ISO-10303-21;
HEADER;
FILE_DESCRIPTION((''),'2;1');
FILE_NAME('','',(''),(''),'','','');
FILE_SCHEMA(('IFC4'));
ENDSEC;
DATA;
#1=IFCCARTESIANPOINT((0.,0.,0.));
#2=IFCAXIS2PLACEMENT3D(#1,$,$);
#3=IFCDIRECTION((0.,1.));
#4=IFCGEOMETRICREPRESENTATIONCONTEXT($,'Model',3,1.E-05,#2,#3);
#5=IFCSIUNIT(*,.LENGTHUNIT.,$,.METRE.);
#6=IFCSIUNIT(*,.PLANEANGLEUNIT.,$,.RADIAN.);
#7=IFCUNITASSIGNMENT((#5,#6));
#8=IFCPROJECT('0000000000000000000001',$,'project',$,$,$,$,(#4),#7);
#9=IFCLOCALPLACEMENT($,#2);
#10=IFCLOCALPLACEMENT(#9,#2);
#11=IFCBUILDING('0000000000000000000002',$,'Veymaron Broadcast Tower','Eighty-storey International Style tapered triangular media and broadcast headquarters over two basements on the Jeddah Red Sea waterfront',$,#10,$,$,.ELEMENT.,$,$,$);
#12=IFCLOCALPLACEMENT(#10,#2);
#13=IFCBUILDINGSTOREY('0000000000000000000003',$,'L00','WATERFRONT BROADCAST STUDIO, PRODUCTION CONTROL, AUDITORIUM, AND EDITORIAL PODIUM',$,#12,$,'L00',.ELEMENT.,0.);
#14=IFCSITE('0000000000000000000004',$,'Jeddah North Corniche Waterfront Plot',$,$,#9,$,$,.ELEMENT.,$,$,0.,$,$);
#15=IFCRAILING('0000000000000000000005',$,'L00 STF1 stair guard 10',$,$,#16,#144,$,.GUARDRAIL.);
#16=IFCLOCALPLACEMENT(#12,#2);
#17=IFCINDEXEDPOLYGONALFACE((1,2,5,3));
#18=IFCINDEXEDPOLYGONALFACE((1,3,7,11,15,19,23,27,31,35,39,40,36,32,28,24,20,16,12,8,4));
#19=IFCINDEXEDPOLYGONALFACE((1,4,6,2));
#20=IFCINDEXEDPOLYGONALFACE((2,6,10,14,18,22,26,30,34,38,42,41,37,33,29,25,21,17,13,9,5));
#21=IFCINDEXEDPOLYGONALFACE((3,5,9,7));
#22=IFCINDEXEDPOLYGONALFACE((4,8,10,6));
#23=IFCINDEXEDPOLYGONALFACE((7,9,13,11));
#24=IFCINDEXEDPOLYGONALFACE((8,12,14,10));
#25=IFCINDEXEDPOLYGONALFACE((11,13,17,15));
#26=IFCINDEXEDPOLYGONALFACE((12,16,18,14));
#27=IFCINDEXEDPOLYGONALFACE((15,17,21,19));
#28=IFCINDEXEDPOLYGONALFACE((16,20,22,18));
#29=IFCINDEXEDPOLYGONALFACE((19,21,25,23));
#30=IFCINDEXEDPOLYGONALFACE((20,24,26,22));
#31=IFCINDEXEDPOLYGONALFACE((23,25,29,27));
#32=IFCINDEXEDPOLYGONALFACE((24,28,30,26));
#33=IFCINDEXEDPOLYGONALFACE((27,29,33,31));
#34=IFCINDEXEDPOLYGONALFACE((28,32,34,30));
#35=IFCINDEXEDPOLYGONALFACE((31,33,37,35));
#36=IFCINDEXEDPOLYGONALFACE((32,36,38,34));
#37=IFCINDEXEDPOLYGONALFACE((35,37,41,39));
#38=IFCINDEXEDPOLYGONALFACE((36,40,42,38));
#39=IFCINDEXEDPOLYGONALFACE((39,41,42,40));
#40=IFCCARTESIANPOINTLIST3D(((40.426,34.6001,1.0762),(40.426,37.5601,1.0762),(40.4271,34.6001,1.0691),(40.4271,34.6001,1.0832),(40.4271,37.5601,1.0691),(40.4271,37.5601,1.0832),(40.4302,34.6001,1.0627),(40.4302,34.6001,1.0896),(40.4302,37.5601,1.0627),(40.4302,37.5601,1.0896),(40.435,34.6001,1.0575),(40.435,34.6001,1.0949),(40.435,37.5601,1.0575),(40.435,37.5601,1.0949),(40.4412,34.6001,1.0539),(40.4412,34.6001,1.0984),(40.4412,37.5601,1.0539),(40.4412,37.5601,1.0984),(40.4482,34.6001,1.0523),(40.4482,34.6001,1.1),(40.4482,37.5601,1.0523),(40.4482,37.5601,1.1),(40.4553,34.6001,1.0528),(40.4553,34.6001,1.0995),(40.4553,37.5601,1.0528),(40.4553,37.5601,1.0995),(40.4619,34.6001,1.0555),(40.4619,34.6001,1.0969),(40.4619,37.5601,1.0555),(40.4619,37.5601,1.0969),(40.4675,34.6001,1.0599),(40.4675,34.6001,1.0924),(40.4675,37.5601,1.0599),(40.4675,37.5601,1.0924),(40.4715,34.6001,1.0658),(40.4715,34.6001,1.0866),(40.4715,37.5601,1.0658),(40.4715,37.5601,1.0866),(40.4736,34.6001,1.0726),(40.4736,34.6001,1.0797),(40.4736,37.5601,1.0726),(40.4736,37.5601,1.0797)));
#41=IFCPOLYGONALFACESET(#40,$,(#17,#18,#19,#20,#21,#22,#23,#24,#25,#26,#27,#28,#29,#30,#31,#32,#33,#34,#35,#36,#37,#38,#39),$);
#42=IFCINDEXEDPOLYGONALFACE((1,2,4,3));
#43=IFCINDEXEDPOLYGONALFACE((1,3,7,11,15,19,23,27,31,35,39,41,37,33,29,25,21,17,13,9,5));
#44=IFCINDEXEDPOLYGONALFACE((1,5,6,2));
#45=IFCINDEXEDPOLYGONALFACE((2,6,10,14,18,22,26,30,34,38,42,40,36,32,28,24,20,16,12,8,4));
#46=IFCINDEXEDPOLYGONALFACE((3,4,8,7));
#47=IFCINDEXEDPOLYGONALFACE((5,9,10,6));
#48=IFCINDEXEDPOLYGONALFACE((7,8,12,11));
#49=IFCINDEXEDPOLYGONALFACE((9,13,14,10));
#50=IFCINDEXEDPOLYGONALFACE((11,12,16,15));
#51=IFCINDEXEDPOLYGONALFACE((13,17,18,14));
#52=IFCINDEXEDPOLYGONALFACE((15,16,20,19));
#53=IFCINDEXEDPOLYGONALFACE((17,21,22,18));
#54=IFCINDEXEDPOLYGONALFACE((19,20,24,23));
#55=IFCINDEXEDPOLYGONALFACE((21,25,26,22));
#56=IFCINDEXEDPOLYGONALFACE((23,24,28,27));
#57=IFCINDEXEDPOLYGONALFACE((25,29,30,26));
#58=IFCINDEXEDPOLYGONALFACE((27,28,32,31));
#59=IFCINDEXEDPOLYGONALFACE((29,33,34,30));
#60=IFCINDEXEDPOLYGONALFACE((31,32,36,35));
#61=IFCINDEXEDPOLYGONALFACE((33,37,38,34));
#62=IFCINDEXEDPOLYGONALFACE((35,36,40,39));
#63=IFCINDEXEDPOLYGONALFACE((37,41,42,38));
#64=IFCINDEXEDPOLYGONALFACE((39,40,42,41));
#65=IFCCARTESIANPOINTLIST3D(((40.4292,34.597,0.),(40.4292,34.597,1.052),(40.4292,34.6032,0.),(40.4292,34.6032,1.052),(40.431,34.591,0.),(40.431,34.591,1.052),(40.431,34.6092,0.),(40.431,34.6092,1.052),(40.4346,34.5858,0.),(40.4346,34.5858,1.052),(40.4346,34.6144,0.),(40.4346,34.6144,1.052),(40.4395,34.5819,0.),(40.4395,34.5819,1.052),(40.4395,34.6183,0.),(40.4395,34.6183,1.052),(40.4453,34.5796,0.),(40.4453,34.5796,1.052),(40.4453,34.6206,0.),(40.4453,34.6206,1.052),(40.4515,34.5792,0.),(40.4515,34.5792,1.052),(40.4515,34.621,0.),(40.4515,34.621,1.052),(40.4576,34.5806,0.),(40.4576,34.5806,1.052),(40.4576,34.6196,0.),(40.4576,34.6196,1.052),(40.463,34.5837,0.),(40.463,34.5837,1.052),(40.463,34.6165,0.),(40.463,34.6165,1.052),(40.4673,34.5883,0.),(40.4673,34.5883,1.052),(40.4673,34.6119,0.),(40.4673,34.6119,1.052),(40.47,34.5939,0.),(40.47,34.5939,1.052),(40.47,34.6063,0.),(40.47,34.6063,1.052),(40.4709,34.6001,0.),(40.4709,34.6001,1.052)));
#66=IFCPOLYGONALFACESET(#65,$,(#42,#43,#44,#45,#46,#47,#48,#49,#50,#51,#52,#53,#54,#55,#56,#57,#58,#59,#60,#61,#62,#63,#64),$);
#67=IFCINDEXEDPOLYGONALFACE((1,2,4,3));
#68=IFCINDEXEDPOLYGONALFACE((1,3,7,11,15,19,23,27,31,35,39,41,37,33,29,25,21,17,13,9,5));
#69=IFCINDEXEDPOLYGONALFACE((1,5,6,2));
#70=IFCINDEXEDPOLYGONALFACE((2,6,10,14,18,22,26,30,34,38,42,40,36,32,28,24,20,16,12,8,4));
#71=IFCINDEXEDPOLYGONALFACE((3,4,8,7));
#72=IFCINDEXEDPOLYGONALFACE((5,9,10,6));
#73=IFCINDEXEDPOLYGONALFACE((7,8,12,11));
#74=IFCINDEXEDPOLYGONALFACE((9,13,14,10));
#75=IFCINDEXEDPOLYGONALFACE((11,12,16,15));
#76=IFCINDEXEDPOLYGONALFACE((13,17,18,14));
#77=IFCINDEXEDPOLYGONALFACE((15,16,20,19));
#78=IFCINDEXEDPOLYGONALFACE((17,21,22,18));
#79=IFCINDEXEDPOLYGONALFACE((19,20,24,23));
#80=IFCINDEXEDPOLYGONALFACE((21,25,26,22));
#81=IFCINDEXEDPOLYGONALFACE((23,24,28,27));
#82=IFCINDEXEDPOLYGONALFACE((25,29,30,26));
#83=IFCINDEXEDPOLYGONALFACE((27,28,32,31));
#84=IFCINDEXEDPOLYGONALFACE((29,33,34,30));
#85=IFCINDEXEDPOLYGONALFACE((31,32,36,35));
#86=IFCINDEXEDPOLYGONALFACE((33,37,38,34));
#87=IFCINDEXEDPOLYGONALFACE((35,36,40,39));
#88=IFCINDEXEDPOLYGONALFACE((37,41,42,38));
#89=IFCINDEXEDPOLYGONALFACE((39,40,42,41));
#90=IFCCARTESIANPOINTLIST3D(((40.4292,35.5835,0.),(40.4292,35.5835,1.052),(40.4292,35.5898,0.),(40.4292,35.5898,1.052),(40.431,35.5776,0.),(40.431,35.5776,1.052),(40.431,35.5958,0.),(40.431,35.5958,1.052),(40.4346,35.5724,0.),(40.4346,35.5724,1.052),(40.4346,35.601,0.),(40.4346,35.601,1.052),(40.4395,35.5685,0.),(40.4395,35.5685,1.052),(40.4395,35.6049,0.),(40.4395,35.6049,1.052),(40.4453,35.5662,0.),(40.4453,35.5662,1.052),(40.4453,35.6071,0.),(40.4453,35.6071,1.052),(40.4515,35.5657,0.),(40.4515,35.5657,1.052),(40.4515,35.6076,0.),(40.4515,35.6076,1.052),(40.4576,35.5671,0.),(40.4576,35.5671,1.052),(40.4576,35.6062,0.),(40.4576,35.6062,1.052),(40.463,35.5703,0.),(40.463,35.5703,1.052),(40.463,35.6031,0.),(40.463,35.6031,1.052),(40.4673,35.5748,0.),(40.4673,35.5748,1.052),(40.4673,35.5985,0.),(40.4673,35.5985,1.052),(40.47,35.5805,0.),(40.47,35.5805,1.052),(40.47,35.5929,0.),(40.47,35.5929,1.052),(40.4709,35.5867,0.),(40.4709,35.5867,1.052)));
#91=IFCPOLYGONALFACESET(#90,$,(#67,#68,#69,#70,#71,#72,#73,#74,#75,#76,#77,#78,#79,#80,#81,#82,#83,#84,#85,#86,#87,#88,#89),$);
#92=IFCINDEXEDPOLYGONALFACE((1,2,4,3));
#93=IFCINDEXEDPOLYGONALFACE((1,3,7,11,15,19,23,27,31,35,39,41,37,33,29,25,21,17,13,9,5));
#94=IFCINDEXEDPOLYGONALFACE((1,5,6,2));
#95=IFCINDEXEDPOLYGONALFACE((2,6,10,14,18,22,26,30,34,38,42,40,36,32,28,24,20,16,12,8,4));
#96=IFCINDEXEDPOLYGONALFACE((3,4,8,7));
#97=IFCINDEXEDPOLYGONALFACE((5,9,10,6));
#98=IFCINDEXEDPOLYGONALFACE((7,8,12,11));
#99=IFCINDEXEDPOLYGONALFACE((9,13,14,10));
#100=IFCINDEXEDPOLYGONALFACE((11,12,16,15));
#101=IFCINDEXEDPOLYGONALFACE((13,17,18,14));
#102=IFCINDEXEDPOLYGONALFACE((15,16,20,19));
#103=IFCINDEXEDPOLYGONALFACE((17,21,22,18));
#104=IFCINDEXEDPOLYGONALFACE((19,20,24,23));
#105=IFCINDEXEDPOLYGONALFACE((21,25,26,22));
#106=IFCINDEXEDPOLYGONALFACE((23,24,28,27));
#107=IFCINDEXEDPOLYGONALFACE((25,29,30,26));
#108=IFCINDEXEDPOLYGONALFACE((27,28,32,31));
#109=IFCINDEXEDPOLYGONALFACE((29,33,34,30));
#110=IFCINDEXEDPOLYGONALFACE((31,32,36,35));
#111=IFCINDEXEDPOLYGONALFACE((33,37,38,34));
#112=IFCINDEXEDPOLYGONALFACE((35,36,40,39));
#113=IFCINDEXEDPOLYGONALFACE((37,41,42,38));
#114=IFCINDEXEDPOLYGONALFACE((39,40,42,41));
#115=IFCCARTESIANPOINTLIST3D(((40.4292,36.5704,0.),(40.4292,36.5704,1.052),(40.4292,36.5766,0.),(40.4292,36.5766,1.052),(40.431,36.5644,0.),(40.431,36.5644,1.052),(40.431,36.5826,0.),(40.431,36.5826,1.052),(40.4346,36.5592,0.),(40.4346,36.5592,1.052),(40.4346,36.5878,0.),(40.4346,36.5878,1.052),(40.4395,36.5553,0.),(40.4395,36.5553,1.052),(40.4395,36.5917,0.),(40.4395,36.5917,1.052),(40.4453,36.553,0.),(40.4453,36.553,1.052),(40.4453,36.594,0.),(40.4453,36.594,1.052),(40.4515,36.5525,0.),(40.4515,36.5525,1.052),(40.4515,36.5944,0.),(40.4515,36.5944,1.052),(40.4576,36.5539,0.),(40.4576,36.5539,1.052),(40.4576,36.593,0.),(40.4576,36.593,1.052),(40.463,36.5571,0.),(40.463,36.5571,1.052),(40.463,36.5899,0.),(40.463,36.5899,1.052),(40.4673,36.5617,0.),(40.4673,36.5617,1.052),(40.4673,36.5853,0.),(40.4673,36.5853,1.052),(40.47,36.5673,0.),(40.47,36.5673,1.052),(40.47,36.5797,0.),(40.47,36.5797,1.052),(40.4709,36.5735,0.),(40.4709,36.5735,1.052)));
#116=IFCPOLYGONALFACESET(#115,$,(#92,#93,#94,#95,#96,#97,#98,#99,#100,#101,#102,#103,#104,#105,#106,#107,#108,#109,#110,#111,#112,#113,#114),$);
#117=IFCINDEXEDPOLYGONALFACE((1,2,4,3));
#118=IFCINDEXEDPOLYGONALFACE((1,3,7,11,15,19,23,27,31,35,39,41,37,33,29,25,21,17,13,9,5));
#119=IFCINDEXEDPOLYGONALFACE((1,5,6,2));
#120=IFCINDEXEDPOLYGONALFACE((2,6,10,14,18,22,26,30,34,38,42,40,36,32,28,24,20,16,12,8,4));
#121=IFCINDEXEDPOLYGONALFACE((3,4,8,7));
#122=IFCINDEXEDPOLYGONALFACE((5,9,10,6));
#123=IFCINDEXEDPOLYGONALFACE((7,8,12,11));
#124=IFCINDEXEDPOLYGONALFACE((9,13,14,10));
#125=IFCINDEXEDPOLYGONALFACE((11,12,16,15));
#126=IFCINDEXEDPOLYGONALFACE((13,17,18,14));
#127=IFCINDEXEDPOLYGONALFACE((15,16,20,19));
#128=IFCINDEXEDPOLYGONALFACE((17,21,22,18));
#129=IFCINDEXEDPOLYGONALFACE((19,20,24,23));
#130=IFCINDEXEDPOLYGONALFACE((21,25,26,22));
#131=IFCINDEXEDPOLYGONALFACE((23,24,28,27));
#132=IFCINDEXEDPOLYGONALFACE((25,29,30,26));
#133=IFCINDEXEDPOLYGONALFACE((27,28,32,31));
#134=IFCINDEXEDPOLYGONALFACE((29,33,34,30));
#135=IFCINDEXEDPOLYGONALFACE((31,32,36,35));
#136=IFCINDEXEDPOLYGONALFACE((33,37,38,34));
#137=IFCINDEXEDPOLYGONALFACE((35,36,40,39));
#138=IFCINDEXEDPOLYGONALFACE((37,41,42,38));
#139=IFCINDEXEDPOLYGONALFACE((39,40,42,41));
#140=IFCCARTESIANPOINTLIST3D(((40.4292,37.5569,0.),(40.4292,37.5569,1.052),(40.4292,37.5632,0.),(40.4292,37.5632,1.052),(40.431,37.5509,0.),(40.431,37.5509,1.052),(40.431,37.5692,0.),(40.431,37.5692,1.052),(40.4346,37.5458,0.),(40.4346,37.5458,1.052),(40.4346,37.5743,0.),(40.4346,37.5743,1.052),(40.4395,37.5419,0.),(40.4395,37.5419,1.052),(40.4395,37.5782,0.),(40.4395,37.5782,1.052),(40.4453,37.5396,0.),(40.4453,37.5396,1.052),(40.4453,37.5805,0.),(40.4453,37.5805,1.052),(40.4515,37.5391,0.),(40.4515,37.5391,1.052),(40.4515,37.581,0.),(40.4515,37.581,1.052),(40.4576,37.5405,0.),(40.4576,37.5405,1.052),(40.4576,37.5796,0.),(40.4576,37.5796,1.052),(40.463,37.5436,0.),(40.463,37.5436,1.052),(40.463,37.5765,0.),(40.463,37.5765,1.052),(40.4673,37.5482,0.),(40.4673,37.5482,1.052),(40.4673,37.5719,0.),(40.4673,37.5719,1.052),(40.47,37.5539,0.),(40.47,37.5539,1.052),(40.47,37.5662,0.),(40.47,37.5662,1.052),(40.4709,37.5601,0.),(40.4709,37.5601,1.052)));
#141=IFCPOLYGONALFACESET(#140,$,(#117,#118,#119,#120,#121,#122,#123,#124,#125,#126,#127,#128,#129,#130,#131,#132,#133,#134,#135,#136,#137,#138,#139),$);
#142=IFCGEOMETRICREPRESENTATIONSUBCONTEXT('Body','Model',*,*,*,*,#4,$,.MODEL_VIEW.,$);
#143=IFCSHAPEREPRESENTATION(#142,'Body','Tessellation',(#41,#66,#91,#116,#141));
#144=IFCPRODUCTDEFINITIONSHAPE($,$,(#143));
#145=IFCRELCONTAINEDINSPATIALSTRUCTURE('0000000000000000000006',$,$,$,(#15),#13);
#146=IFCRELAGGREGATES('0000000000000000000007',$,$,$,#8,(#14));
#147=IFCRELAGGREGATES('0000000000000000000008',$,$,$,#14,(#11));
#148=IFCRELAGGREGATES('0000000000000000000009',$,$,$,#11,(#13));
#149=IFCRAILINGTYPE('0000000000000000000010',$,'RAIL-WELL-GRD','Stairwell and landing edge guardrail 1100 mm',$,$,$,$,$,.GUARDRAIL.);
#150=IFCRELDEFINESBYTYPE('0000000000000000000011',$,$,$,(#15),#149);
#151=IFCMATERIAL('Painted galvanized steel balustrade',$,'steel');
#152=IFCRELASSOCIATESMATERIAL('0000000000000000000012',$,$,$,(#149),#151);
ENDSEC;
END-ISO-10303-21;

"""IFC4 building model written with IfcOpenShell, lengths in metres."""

from ifc_helpers import new_model, si_unit, direction, frame, origin, origin_2d, place, context, subcontext, project, spatial, circle, extrude, material, type_object, element, save


model = new_model("IFC4")

# Units and contexts
model_context = context("Model", 3, precision=1e-05, world=origin(), true_north=direction((0.0, 1.0)))
body_context = subcontext(model_context, "Body", "Model", "MODEL_VIEW")
ifc_project = project(units=[si_unit("LENGTHUNIT", "METRE"), si_unit("PLANEANGLEUNIT", "RADIAN")], contexts=[model_context])

# Site, building, storey
site_placement = place(None, origin())
site = spatial("IfcSite", under=ifc_project, at=site_placement, Name="Jeddah North Corniche Waterfront Plot", CompositionType="ELEMENT", RefElevation=0.0)
building_placement = place(site_placement, origin())
building = spatial("IfcBuilding", under=site, at=building_placement, Name="Veymaron Broadcast Tower", Description="Eighty-storey International Style tapered triangular media and broadcast headquarters over two basements on the Jeddah Red Sea waterfront", CompositionType="ELEMENT")
storey_placement = place(building_placement, origin())
storey = spatial("IfcBuildingStorey", under=building, at=storey_placement, Name="L00", Description="WATERFRONT BROADCAST STUDIO, PRODUCTION CONTROL, AUDITORIUM, AND EDITORIAL PODIUM", LongName="L00", CompositionType="ELEMENT", Elevation=0.0)

# Railing
ifc_material_1 = material(Name="Painted galvanized steel balustrade", Category="steel")
railing_type_1 = type_object("IfcRailingType", Name="RAIL-WELL-GRD", Description="Stairwell and landing edge guardrail 1100 mm", PredefinedType="GUARDRAIL", material=ifc_material_1)
railing_1_placement = place(storey_placement, frame((40.45, 34.6001, 0.0)))
element("IfcRailing", 1, at=railing_1_placement, inside=storey, type_object=railing_type_1, Name="L00 STF1 stair guard 10", PredefinedType="GUARDRAIL", context=body_context, shape_type="SweptSolid", body=[
    extrude(circle(Radius=0.0239, at=origin_2d()), frame((0.0, 0.0, 1.0762), z_axis=(0.0, 1.0, 0.0), x_axis=(-1.0, 0.0, 0.0)), (0.0, 0.0, 1.0), 2.96),
    extrude(circle(Radius=0.021, at=origin_2d()), origin(), (0.0, 0.0, 1.0), 1.052),
    extrude(circle(Radius=0.021, at=origin_2d()), frame((0.0, 0.9866, 0.0)), (0.0, 0.0, 1.0), 1.052),
    extrude(circle(Radius=0.021, at=origin_2d()), frame((0.0, 1.9734, 0.0)), (0.0, 0.0, 1.0), 1.052),
    extrude(circle(Radius=0.021, at=origin_2d()), frame((0.0, 2.96, 0.0)), (0.0, 0.0, 1.0), 1.052),
])

save(model, "model.ifc")
